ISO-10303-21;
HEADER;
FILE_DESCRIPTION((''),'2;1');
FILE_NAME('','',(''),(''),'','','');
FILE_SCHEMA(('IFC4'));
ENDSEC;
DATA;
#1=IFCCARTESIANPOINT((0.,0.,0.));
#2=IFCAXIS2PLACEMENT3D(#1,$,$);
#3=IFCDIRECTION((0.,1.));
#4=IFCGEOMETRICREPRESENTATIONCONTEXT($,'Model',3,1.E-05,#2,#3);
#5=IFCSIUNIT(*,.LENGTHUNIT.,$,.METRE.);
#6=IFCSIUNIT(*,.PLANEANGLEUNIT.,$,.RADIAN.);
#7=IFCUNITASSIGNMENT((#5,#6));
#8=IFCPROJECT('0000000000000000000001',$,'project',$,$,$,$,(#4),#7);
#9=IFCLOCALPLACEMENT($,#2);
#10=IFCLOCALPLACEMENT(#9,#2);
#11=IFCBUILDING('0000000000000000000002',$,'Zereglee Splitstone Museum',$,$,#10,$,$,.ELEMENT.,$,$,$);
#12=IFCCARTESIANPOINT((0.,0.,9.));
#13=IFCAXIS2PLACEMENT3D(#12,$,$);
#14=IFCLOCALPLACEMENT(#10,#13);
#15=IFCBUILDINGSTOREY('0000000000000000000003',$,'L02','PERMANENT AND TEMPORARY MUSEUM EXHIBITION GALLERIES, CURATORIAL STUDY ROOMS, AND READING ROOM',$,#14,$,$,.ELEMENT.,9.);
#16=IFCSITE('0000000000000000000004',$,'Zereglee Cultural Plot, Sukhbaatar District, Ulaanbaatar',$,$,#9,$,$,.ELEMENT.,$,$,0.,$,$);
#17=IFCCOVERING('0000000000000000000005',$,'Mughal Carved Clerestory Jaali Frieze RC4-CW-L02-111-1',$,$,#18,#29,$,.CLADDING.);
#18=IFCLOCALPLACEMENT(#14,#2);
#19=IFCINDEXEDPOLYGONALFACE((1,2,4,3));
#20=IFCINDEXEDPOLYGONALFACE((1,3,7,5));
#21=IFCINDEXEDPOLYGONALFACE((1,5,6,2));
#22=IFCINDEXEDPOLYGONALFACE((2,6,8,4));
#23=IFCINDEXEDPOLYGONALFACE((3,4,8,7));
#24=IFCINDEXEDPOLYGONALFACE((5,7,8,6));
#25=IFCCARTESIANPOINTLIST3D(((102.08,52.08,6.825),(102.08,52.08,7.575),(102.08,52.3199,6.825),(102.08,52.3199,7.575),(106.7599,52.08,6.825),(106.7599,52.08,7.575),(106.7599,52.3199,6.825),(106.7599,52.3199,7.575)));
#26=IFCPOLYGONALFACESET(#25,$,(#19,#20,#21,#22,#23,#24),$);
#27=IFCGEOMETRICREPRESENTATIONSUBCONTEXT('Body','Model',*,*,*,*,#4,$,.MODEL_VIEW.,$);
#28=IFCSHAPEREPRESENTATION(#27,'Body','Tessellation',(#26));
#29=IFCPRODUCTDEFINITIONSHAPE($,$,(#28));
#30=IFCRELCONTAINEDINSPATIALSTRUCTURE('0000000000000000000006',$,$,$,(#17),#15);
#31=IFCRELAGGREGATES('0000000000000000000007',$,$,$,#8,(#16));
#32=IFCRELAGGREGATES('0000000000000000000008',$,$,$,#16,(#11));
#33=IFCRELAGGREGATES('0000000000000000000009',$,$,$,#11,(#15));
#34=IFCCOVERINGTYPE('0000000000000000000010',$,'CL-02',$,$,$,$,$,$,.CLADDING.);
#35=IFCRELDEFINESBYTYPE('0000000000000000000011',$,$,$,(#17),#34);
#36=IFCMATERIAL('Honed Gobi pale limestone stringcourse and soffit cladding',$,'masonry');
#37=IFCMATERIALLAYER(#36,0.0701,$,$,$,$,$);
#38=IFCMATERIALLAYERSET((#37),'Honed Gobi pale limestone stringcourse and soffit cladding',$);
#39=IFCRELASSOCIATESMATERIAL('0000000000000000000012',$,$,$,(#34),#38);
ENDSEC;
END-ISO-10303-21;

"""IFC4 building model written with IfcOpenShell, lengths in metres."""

from ifc_helpers import new_model, si_unit, direction, frame, origin, origin_2d, place, context, subcontext, project, spatial, rectangle, extrude, material, layer, layer_set, type_object, element, save


model = new_model("IFC4")

# Units and contexts
model_context = context("Model", 3, precision=1e-05, world=origin(), true_north=direction((0.0, 1.0)))
body_context = subcontext(model_context, "Body", "Model", "MODEL_VIEW")
ifc_project = project(units=[si_unit("LENGTHUNIT", "METRE"), si_unit("PLANEANGLEUNIT", "RADIAN")], contexts=[model_context])

# Site, building, storey
site_placement = place(None, origin())
site = spatial("IfcSite", under=ifc_project, at=site_placement, Name="Zereglee Cultural Plot, Sukhbaatar District, Ulaanbaatar", CompositionType="ELEMENT", RefElevation=0.0)
building_placement = place(site_placement, origin())
building = spatial("IfcBuilding", under=site, at=building_placement, Name="Zereglee Splitstone Museum", CompositionType="ELEMENT")
storey_placement = place(building_placement, frame((0.0, 0.0, 9.0)))
storey = spatial("IfcBuildingStorey", under=building, at=storey_placement, Name="L02", Description="PERMANENT AND TEMPORARY MUSEUM EXHIBITION GALLERIES, CURATORIAL STUDY ROOMS, AND READING ROOM", CompositionType="ELEMENT", Elevation=9.0)

# Covering
ifc_material_1 = material(Name="Honed Gobi pale limestone stringcourse and soffit cladding", Category="masonry")
ifc_layer_1 = layer(ifc_material_1, 0.0701)
ifc_layer_set_1 = layer_set([ifc_layer_1], Name="Honed Gobi pale limestone stringcourse and soffit cladding")
covering_type = type_object("IfcCoveringType", Name="CL-02", PredefinedType="CLADDING", material=ifc_layer_set_1)
covering_placement = place(storey_placement, frame((104.4199, 52.2, 6.825), z_axis=(0.0, 0.0, 1.0), x_axis=(-1.0, 0.0, 0.0)))
element("IfcCovering", 1, at=covering_placement, inside=storey, type_object=covering_type, Name="Mughal Carved Clerestory Jaali Frieze RC4-CW-L02-111-1", PredefinedType="CLADDING", context=body_context, shape_type="SweptSolid", body=[
    extrude(rectangle(XDim=4.6799, YDim=0.24, at=origin_2d()), origin(), (0.0, 0.0, 1.0), 0.75),
])

save(model, "model.ifc")
